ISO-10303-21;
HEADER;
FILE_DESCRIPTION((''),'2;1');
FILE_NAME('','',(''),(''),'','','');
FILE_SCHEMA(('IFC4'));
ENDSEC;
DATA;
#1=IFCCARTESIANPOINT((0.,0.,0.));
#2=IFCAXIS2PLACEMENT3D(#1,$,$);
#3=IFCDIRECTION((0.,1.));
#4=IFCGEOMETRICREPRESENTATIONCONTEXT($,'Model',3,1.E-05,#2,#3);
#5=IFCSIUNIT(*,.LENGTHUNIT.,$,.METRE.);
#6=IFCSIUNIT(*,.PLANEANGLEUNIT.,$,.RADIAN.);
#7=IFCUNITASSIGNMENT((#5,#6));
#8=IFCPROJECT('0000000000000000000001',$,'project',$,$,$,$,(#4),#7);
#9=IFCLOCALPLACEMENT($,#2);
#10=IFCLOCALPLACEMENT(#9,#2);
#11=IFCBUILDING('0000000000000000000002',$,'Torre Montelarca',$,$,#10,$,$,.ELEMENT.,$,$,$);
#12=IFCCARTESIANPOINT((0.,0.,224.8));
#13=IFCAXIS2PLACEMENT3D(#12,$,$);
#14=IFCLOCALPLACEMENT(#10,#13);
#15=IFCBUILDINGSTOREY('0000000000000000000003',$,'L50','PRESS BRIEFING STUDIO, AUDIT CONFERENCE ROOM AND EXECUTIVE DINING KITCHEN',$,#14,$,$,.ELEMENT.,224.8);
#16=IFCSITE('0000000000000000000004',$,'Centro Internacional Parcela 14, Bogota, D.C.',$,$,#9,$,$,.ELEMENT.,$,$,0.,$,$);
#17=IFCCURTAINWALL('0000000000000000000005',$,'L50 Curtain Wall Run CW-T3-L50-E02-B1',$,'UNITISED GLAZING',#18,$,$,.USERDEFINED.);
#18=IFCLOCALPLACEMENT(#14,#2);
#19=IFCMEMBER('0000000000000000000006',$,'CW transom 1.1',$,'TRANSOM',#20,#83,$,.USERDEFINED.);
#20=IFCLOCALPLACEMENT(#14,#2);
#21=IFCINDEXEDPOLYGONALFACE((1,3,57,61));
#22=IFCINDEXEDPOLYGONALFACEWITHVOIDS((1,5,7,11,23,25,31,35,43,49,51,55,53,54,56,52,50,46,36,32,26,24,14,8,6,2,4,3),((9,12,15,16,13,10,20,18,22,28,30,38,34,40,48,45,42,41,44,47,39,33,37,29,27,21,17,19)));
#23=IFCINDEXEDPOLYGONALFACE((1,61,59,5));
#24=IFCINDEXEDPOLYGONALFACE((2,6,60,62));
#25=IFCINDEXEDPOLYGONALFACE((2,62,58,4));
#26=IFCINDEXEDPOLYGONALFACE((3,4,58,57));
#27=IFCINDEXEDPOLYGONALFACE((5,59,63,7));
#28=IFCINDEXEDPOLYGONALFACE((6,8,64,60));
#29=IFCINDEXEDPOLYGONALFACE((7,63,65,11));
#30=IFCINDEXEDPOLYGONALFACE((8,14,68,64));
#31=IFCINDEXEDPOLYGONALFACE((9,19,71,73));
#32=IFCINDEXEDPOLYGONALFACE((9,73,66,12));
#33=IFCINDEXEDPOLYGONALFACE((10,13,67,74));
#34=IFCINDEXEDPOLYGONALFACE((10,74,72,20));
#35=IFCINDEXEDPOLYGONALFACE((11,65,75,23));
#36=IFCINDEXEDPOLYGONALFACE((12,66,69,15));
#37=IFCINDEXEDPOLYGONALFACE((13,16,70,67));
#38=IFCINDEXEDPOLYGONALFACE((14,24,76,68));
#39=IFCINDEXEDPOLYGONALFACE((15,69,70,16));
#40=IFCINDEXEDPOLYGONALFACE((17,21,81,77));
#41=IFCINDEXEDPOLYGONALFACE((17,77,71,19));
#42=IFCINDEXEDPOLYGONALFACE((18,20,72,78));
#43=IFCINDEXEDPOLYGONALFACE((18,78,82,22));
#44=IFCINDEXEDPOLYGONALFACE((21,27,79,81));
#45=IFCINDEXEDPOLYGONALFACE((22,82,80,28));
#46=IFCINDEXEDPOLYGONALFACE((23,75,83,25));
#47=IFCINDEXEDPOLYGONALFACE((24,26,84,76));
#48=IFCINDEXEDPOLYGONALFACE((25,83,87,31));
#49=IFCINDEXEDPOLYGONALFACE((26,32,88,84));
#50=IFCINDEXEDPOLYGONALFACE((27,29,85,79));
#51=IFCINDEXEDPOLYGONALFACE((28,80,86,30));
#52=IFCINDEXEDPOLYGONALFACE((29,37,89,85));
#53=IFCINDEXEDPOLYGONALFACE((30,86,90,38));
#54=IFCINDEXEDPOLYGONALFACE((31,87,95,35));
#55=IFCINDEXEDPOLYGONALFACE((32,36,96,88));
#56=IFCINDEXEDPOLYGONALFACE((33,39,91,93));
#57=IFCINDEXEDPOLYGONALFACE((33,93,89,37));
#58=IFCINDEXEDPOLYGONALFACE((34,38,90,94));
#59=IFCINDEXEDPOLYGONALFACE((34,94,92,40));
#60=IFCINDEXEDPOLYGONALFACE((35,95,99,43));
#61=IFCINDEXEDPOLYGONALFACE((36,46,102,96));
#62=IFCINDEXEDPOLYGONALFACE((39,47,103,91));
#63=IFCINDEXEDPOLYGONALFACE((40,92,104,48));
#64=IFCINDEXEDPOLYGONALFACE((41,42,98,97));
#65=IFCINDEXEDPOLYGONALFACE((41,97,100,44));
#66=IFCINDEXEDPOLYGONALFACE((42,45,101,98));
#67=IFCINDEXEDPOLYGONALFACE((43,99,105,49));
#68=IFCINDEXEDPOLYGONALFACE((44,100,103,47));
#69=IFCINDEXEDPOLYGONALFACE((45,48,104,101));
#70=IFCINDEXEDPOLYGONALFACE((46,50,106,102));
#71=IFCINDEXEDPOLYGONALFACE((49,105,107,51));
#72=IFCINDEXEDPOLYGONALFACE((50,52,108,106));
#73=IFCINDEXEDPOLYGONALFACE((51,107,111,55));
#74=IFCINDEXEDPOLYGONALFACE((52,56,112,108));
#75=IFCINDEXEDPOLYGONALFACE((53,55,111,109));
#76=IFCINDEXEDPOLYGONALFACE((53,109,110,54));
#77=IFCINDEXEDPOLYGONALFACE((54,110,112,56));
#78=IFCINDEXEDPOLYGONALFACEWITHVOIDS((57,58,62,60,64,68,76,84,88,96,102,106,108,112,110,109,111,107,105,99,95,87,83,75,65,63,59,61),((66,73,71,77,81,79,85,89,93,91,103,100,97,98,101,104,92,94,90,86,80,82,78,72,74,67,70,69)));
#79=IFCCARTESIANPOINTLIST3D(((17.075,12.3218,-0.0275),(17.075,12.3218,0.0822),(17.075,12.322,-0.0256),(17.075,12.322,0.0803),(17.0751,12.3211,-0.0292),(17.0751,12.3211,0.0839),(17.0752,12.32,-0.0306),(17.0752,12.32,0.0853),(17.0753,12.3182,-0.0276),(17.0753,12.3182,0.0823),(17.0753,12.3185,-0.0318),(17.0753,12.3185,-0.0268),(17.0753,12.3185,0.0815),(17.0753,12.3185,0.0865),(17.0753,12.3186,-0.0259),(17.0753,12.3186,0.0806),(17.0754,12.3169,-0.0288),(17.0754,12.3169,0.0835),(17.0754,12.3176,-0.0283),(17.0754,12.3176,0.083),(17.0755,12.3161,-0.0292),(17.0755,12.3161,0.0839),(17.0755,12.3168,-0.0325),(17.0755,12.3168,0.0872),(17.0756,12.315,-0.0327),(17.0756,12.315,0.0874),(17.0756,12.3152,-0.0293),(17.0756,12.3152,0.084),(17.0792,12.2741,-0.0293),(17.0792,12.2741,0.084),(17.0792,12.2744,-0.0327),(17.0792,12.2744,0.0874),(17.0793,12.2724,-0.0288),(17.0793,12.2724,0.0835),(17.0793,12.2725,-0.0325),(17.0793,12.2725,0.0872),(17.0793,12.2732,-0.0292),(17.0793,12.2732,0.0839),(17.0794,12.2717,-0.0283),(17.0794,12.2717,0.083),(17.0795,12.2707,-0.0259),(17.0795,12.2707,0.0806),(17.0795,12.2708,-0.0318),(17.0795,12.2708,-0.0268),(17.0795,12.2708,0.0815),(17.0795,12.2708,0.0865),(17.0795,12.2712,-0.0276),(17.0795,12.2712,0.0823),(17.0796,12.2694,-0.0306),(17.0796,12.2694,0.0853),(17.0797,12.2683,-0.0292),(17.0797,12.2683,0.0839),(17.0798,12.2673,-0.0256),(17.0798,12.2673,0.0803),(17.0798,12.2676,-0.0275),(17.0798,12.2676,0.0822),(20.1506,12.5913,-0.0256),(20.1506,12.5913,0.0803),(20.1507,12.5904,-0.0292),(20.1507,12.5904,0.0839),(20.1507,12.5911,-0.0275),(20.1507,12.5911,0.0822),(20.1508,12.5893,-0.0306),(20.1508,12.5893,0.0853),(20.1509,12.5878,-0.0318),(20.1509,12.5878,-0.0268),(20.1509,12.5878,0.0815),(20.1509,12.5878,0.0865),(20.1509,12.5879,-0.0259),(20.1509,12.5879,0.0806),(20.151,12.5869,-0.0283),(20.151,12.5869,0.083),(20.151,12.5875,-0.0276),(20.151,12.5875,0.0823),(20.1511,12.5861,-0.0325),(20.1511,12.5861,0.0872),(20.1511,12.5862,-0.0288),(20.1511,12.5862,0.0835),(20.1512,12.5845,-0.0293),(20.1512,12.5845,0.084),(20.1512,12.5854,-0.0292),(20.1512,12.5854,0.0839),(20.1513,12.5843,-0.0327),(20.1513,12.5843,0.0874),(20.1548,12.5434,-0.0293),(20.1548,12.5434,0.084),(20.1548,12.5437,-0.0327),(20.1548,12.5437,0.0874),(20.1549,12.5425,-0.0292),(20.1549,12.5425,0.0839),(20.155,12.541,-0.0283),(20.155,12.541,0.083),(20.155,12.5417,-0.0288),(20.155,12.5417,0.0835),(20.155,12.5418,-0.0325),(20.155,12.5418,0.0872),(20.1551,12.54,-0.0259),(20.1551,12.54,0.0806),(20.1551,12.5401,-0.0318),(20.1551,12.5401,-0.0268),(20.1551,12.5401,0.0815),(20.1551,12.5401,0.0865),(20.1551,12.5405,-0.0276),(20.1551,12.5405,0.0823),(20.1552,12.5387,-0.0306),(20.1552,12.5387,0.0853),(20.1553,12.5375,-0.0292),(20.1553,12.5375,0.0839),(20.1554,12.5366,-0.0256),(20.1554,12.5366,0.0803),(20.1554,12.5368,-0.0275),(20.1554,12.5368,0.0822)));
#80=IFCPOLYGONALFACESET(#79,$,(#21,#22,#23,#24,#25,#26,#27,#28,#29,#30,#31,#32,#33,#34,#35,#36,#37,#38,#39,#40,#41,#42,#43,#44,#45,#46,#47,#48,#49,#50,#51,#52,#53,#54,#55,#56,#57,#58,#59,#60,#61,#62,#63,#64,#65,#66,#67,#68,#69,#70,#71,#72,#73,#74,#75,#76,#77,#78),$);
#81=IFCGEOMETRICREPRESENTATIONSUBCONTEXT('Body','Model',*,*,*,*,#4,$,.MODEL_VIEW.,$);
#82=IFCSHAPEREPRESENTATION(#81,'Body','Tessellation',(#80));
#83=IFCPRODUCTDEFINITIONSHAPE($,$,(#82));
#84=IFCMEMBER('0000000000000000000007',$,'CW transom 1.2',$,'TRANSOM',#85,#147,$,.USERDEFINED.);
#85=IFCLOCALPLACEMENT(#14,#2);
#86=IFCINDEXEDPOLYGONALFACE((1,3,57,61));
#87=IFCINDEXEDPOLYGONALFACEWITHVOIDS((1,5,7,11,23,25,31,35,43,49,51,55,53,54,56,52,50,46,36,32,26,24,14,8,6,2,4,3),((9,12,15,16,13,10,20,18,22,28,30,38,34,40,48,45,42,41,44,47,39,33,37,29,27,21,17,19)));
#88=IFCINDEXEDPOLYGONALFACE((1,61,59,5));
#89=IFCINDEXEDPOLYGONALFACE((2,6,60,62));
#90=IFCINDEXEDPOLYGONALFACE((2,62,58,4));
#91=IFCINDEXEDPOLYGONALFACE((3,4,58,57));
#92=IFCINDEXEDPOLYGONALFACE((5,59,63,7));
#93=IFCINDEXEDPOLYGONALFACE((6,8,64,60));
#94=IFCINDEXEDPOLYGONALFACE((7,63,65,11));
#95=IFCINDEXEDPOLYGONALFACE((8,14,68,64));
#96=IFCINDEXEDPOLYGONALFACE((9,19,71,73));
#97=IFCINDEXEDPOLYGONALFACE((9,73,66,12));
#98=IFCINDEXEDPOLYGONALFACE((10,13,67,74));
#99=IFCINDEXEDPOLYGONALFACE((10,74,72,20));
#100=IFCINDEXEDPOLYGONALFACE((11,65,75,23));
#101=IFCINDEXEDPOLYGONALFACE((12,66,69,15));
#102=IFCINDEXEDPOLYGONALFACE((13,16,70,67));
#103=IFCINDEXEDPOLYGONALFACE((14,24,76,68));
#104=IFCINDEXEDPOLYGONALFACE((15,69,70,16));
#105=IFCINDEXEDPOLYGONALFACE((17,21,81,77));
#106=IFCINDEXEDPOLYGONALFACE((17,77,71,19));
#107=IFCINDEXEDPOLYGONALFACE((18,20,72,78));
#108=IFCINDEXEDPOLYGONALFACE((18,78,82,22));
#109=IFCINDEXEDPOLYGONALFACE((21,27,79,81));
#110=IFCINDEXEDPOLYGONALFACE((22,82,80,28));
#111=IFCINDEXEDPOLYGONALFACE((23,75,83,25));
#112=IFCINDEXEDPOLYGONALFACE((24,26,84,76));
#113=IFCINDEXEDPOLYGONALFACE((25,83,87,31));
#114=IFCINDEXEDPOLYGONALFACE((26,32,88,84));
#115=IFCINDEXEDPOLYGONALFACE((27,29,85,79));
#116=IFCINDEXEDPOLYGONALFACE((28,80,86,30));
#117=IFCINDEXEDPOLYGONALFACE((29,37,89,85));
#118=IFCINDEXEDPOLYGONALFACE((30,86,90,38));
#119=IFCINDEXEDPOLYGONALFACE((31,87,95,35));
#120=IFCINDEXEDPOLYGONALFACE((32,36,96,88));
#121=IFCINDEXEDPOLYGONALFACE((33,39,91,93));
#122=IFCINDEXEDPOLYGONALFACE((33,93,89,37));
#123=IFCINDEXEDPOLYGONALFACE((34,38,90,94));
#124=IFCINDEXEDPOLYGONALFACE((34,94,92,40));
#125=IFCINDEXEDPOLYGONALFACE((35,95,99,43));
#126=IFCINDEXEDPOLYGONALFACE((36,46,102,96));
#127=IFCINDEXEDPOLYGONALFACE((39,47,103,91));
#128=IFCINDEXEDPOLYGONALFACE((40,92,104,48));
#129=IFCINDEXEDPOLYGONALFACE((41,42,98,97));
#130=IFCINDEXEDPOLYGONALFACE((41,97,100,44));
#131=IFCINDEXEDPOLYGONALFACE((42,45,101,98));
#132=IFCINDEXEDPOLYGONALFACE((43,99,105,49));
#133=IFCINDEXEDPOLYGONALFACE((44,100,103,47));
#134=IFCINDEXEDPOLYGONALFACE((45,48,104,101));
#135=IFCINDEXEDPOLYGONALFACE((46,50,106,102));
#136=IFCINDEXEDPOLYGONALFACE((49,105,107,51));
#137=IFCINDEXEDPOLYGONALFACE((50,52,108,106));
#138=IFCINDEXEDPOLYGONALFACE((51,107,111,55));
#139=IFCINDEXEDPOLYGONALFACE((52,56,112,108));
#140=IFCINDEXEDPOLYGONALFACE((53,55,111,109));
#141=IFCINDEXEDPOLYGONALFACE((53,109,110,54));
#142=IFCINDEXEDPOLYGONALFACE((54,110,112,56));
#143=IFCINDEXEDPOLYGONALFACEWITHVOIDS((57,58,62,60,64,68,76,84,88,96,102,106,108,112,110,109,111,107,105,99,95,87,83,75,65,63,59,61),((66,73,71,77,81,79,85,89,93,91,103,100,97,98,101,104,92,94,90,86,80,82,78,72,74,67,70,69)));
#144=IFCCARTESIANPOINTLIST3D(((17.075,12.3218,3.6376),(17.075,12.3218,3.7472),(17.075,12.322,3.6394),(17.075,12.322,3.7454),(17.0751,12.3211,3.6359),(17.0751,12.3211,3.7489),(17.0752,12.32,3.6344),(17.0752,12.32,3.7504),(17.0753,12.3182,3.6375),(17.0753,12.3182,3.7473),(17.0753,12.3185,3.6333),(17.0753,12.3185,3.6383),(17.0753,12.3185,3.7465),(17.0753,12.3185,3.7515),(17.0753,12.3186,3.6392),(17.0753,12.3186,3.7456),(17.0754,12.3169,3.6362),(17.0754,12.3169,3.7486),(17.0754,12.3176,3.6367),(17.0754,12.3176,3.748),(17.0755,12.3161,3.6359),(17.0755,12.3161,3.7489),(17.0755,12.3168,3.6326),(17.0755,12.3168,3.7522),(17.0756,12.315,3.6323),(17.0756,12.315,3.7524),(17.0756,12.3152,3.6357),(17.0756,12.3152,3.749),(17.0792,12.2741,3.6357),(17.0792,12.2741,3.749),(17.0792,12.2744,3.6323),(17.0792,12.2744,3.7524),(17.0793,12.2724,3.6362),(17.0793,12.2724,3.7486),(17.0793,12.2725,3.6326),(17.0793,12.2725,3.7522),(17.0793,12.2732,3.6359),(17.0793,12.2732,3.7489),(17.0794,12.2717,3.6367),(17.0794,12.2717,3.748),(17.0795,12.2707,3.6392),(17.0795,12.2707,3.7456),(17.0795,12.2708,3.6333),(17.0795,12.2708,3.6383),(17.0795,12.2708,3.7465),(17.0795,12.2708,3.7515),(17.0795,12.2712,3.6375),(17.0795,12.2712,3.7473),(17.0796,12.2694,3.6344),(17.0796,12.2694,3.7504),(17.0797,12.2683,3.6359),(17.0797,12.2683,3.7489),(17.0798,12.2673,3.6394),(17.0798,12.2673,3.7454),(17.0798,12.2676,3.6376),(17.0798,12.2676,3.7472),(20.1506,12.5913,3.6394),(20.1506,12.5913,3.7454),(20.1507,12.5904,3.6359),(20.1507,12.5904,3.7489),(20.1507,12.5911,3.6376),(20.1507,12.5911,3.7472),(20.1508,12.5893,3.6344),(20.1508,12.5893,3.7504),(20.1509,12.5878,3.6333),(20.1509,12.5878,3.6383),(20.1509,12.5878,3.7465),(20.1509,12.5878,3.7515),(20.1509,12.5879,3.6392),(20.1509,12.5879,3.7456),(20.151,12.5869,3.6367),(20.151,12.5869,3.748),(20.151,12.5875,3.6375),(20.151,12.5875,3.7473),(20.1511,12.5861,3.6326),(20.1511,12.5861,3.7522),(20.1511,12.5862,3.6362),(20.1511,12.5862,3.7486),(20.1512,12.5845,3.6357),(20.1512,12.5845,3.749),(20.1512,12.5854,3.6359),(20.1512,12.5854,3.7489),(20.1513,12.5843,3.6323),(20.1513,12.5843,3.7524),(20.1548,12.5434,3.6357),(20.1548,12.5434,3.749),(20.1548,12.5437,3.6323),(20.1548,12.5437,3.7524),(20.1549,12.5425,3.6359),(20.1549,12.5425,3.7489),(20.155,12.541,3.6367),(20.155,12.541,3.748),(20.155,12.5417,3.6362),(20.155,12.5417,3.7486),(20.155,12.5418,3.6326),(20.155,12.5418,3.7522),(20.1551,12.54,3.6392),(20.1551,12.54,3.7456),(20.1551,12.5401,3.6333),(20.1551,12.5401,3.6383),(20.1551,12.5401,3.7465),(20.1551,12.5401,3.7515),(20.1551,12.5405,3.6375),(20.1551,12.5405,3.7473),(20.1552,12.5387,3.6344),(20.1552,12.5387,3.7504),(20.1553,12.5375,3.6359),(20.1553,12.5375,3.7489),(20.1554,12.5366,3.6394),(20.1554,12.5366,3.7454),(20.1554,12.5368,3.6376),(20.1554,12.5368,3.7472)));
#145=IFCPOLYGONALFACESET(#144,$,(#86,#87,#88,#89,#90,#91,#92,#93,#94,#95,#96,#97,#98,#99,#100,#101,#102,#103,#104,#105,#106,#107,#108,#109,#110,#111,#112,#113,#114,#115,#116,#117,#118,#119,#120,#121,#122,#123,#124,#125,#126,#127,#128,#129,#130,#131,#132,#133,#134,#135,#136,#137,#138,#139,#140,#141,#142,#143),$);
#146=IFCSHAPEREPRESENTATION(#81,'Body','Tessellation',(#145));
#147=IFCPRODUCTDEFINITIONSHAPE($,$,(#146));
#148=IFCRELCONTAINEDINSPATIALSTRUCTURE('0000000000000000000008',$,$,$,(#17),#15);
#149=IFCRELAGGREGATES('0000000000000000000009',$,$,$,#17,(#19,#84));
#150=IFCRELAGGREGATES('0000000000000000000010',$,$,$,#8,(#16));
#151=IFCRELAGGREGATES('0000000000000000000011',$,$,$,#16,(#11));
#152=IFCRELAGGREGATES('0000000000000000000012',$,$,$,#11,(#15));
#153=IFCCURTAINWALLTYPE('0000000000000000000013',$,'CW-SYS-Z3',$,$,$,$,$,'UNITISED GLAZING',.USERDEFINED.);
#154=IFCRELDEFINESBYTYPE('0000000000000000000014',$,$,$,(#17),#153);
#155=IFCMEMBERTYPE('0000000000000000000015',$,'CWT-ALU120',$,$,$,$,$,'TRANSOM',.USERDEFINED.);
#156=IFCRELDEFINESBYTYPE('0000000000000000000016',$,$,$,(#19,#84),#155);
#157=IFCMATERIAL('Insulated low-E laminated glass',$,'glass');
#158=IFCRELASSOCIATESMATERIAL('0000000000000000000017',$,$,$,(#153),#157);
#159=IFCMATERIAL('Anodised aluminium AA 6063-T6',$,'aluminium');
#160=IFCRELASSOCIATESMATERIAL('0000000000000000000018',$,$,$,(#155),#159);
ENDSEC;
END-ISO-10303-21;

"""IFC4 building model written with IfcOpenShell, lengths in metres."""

from ifc_helpers import new_model, si_unit, direction, frame, origin, origin_2d, place, context, subcontext, project, spatial, hollow_rectangle, extrude, source, transform, mapped, material, material_profile, profile_set, type_object, element, aggregate, save


model = new_model("IFC4")

# Units and contexts
model_context = context("Model", 3, precision=1e-05, world=origin(), true_north=direction((0.0, 1.0)))
body_context = subcontext(model_context, "Body", "Model", "MODEL_VIEW")
ifc_project = project(units=[si_unit("LENGTHUNIT", "METRE"), si_unit("PLANEANGLEUNIT", "RADIAN")], contexts=[model_context])

# Site, building, storey
site_placement = place(None, origin())
site = spatial("IfcSite", under=ifc_project, at=site_placement, Name="Centro Internacional Parcela 14, Bogota, D.C.", CompositionType="ELEMENT", RefElevation=0.0)
building_placement = place(site_placement, origin())
building = spatial("IfcBuilding", under=site, at=building_placement, Name="Torre Montelarca", CompositionType="ELEMENT")
storey_placement = place(building_placement, frame((0.0, 0.0, 224.8)))
storey = spatial("IfcBuildingStorey", under=building, at=storey_placement, Name="L50", Description="PRESS BRIEFING STUDIO, AUDIT CONFERENCE ROOM AND EXECUTIVE DINING KITCHEN", CompositionType="ELEMENT", Elevation=224.8)

# Curtain wall, members
ifc_material_1 = material(Name="Insulated low-E laminated glass", Category="glass")
curtain_wall_type = type_object("IfcCurtainWallType", Name="CW-SYS-Z3", ElementType="UNITISED GLAZING", PredefinedType="USERDEFINED", material=ifc_material_1)
curtain_wall_1_placement = place(storey_placement, origin())
curtain_wall_1 = element("IfcCurtainWall", 1, at=curtain_wall_1_placement, inside=storey, type_object=curtain_wall_type, Name="L50 Curtain Wall Run CW-T3-L50-E02-B1", ObjectType="UNITISED GLAZING", PredefinedType="USERDEFINED")
ifc_material_2 = material(Name="Anodised aluminium AA 6063-T6", Category="aluminium")
ifc_material_profile_1 = material_profile(ifc_material_2, hollow_rectangle(XDim=0.0549, YDim=0.1201, WallThickness=0.0034, InnerFilletRadius=0.0034, OuterFilletRadius=0.0071, at=origin_2d()), Name="ALU55X120X3.5", Category="aluminium")
ifc_profile_set_1 = profile_set([ifc_material_profile_1], Name="Anodised aluminium AA 6063-T6")
member_type_1 = type_object("IfcMemberType", Name="CWT-ALU120", ElementType="TRANSOM", PredefinedType="USERDEFINED", material=ifc_profile_set_1)
shared_shape_1 = source(origin(), body_context, "Body", "SweptSolid", [
    extrude(hollow_rectangle(XDim=0.0549, YDim=0.1201, WallThickness=0.0034, InnerFilletRadius=0.0034, OuterFilletRadius=0.0071, at=origin_2d()), origin(), (0.0, 0.0, 1.0), 3.0874),
])
member_1_placement = place(storey_placement, frame((17.0774, 12.2947, 0.0273), z_axis=(0.996189, 0.08722, 0.0), x_axis=(-0.08722, 0.996189, 0.0)))
member_1 = element("IfcMember", 2, at=member_1_placement, type_object=member_type_1, Name="CW transom 1.1", ObjectType="TRANSOM", PredefinedType="USERDEFINED", context=body_context, shape_type="MappedRepresentation", body=[
    mapped(shared_shape_1, transform((0.0, 0.0, 0.0), scale=1.0)),
])
member_2_placement = place(storey_placement, frame((17.0774, 12.2947, 3.6924), z_axis=(0.996189, 0.08722, 0.0), x_axis=(-0.08722, 0.996189, 0.0)))
member_2 = element("IfcMember", 3, at=member_2_placement, type_object=member_type_1, Name="CW transom 1.2", ObjectType="TRANSOM", PredefinedType="USERDEFINED", context=body_context, shape_type="MappedRepresentation", body=[
    mapped(shared_shape_1, transform((0.0, 0.0, 0.0), scale=1.0)),
])

aggregate(curtain_wall_1, [member_1, member_2])

save(model, "model.ifc")
